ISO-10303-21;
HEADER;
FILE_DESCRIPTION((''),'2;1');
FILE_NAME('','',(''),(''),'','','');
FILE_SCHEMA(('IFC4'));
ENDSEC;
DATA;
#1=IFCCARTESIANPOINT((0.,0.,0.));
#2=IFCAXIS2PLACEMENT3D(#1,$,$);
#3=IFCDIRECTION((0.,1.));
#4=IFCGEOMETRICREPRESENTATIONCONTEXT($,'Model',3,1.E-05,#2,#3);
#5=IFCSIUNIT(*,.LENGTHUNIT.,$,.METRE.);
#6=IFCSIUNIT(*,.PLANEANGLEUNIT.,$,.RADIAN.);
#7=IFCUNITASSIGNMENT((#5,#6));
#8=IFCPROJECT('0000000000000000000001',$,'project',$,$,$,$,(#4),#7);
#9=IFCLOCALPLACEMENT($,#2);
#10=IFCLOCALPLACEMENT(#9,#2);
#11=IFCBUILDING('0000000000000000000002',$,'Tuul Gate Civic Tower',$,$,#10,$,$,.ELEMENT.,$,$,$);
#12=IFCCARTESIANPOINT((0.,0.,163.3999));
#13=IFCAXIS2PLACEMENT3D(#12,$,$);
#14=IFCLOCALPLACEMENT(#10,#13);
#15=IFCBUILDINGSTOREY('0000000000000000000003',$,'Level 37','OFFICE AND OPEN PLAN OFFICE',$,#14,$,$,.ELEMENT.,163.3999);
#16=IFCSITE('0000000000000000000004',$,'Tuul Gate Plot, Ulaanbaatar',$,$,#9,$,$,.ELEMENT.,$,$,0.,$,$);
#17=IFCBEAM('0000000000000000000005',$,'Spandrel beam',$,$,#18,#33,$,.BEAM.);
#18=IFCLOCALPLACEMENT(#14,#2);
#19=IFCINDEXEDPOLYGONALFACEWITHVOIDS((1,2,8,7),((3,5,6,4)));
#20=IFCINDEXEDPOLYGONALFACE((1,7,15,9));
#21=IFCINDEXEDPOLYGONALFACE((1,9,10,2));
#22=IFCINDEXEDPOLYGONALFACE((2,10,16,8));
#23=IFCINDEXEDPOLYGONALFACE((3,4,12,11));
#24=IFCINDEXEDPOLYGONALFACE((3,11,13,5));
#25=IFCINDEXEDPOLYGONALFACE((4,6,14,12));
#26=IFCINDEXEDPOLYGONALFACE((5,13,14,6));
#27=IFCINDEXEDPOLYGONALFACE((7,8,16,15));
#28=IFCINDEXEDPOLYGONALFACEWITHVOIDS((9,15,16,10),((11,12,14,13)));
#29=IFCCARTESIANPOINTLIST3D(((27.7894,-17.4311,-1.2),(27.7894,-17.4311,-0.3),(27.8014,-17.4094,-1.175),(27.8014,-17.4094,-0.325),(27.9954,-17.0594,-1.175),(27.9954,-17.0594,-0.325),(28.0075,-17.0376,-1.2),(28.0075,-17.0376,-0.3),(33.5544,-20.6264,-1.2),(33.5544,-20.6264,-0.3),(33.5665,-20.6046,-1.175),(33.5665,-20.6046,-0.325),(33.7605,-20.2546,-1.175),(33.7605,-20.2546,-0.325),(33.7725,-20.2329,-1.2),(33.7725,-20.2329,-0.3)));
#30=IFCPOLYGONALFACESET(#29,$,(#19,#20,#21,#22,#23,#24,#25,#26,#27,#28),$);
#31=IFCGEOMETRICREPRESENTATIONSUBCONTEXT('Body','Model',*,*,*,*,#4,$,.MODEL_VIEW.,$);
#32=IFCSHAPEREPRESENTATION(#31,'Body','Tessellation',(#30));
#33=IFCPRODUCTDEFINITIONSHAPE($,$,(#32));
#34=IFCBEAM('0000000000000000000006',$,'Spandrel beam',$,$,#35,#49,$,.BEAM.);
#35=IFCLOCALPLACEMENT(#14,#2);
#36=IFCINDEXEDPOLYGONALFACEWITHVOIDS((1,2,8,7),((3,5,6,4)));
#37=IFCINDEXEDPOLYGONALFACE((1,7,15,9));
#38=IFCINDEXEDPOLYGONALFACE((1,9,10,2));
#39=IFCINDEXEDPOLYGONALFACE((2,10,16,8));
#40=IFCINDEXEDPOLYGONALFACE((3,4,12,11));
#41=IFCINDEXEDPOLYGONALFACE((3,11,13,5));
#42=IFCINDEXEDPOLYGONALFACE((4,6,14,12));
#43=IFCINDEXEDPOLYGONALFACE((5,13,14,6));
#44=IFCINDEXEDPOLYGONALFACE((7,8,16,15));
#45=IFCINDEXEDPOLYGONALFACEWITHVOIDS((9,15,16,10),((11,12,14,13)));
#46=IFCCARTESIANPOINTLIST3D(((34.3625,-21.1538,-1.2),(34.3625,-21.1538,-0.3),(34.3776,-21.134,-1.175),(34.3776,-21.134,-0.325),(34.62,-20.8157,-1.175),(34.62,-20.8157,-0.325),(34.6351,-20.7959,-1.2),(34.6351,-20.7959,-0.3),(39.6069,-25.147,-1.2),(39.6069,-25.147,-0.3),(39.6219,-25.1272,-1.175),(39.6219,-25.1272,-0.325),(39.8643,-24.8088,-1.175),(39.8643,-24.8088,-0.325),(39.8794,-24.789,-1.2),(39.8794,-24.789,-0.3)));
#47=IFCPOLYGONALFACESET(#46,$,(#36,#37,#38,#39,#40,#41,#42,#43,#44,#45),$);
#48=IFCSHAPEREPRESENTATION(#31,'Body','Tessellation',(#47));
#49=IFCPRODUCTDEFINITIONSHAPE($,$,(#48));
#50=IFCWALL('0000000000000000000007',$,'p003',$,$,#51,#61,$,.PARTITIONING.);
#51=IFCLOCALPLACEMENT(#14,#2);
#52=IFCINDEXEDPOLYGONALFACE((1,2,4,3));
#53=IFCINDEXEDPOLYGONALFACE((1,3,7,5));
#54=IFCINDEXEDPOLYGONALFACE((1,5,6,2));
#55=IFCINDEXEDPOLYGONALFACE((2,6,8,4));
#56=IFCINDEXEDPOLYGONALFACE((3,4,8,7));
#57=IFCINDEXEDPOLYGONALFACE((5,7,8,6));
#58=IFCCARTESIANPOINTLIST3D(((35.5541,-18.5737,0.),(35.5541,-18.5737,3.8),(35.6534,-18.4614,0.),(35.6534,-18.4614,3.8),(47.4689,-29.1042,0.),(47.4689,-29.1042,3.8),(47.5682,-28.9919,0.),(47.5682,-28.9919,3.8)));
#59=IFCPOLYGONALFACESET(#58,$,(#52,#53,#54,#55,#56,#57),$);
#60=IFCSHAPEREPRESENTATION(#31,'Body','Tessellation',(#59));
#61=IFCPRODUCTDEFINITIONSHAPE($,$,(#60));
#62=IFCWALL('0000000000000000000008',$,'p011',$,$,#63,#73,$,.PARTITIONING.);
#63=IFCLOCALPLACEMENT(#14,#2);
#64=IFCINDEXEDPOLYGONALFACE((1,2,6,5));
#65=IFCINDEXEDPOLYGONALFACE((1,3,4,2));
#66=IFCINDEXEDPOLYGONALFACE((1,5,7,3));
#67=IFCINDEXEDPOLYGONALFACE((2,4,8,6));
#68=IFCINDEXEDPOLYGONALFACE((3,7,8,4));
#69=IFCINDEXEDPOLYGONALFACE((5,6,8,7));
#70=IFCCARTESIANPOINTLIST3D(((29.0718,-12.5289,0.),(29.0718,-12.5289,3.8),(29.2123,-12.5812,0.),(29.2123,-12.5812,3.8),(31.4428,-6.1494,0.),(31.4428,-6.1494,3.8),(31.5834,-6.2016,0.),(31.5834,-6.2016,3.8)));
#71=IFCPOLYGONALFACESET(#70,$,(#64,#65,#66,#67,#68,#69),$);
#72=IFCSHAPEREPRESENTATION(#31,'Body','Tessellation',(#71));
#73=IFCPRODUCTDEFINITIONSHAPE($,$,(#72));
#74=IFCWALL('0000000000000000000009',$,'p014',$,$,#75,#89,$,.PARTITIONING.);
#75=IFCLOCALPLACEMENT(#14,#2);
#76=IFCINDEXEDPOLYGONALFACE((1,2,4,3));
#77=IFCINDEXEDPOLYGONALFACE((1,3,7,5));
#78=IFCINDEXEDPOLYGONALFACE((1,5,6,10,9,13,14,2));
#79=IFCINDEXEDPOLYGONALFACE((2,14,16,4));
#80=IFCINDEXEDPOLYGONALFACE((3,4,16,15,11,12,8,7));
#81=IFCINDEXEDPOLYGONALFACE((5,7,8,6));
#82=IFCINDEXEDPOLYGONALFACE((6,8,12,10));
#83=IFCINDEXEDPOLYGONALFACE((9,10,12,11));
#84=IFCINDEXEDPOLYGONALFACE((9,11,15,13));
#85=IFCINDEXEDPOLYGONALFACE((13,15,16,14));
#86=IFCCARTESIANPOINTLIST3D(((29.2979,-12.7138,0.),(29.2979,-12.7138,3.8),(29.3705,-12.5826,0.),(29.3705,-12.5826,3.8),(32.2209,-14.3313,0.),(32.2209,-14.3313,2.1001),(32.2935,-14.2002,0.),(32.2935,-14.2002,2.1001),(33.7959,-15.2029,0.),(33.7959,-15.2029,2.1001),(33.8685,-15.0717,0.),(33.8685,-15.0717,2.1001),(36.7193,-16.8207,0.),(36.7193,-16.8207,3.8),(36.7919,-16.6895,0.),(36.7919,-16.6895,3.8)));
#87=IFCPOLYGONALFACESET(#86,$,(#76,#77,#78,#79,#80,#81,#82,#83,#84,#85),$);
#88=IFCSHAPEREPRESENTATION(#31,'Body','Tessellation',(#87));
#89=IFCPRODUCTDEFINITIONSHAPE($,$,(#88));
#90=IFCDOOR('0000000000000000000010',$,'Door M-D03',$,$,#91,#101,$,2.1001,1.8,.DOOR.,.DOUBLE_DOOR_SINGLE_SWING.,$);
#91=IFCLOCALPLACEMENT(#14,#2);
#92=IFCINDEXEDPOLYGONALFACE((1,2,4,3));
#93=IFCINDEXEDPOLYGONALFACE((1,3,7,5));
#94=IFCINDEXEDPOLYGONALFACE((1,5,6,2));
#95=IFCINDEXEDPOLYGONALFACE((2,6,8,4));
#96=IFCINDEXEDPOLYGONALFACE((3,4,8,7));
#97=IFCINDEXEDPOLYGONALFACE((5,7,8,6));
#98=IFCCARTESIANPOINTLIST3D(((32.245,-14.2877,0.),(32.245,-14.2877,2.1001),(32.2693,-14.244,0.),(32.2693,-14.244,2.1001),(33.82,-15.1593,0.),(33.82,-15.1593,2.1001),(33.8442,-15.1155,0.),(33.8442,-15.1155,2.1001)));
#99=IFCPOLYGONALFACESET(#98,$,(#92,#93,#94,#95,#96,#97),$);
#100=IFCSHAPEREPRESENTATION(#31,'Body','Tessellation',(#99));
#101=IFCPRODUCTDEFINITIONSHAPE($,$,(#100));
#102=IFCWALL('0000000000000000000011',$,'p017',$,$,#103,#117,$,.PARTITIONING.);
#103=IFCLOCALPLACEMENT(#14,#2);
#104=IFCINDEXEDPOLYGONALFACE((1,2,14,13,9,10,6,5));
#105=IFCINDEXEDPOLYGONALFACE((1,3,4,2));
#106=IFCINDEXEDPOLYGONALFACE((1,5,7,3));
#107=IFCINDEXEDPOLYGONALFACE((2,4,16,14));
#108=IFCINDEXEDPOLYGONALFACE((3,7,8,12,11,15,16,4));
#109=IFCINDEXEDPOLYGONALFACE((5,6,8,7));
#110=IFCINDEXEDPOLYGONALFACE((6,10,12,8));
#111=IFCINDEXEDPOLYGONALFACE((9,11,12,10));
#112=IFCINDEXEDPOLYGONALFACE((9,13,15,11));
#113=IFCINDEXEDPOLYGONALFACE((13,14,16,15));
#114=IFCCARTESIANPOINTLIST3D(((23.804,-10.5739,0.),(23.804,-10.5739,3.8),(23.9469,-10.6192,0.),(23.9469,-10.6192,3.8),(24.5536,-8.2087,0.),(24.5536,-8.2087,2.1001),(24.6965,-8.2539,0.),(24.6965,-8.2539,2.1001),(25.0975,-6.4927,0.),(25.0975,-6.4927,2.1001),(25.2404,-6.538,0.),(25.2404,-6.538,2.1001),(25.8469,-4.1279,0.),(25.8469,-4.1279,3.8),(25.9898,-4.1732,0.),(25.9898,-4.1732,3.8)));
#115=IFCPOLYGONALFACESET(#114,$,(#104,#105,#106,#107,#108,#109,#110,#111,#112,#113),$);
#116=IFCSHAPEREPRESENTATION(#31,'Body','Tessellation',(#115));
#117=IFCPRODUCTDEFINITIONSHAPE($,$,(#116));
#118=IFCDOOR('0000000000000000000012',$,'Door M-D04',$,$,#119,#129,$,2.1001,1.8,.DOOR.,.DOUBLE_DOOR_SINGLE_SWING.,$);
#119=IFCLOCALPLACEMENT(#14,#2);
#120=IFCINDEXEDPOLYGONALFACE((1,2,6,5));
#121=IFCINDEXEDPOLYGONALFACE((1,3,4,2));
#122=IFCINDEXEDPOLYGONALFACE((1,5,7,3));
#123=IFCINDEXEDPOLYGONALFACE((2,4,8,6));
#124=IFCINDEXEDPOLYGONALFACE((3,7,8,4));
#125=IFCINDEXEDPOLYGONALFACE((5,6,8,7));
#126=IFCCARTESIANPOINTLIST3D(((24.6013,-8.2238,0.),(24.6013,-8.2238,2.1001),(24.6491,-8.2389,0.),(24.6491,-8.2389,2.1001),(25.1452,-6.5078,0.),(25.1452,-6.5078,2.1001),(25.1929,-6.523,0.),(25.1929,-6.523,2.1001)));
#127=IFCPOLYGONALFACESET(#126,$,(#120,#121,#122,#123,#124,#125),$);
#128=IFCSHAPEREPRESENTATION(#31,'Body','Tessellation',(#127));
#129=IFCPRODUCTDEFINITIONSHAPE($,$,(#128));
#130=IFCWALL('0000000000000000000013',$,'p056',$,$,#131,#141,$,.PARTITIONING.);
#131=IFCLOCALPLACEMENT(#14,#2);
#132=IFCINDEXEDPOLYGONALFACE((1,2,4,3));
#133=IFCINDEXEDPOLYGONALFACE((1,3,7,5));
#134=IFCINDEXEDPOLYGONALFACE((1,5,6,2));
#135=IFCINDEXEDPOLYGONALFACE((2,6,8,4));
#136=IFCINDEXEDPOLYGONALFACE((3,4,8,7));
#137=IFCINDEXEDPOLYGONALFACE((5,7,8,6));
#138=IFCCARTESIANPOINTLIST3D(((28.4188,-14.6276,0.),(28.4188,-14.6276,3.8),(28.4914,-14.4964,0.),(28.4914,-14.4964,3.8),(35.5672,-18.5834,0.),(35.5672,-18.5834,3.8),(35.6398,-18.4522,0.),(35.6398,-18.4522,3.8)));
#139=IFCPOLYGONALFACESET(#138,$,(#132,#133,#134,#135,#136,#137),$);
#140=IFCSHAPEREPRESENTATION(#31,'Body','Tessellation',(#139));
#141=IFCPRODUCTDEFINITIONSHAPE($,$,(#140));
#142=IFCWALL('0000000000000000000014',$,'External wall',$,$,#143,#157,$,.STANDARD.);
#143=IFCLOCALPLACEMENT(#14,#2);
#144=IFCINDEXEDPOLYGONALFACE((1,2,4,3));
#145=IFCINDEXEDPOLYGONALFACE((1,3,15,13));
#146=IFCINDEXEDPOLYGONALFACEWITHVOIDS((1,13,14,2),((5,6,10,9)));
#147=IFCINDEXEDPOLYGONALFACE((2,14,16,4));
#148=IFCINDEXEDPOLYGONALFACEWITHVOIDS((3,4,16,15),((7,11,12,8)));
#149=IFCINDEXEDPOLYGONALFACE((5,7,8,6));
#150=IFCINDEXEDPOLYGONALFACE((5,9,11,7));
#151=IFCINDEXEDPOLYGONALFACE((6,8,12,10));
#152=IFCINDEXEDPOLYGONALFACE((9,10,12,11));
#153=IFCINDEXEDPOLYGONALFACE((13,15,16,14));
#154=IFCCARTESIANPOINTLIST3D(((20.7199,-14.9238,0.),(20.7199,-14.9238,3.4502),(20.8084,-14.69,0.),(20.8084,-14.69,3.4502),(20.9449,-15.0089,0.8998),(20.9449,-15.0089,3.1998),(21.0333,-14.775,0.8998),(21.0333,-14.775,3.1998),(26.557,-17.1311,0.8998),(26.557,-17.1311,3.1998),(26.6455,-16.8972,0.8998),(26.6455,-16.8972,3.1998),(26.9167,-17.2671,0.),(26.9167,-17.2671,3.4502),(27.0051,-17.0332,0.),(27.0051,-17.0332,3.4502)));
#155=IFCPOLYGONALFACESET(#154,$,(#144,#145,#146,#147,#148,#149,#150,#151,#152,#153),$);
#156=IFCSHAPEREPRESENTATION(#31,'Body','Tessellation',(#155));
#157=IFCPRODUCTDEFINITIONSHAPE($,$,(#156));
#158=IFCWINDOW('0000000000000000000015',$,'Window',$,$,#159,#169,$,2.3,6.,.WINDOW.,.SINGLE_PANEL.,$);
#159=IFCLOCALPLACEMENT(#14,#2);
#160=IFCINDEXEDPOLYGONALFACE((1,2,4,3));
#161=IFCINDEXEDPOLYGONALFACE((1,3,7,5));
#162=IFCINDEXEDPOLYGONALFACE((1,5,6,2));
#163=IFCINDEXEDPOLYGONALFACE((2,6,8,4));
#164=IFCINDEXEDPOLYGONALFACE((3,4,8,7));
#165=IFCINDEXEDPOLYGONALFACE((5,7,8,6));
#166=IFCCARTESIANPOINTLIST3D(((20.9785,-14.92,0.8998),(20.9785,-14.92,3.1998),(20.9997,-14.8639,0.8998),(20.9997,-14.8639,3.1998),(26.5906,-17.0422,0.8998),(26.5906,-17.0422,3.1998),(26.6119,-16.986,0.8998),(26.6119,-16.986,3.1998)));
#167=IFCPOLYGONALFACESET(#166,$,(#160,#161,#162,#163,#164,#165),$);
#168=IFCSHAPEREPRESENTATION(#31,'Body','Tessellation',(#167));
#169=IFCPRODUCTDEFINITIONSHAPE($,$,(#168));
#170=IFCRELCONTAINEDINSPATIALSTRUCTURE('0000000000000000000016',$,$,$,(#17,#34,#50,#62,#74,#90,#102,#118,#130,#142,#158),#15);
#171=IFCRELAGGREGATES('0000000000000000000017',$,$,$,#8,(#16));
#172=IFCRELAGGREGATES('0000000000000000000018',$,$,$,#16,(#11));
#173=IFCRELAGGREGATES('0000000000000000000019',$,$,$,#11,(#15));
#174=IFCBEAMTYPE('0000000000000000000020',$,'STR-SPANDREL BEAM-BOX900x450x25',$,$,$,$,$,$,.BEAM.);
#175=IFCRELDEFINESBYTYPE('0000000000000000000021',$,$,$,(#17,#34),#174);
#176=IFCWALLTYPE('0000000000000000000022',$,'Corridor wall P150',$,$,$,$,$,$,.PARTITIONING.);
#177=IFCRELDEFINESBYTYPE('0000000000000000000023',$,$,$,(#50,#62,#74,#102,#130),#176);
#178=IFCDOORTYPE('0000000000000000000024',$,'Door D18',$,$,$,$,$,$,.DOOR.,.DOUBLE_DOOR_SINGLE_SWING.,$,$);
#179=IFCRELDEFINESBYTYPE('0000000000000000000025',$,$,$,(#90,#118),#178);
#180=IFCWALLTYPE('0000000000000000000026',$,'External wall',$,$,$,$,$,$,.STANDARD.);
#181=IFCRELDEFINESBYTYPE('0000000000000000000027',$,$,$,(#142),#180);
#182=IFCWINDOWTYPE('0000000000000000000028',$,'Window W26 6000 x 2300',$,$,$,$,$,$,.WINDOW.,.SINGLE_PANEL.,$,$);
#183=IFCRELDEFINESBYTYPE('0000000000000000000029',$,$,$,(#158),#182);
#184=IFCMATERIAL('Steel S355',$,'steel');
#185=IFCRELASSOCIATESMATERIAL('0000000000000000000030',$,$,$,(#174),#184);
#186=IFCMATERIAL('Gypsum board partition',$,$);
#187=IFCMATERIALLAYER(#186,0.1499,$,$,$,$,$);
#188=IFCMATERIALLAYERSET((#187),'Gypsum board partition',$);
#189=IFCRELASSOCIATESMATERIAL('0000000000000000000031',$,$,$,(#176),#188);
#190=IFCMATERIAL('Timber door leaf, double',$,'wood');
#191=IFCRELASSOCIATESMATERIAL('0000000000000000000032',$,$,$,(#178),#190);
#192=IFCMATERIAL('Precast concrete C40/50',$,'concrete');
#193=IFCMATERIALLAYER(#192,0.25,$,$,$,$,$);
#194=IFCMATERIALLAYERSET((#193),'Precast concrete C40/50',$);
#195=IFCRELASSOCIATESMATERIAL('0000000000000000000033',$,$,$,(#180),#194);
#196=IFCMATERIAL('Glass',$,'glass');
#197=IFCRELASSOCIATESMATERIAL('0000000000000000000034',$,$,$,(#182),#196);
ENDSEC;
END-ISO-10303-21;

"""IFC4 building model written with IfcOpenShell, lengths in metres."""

from ifc_helpers import new_model, si_unit, direction, frame, frame_2d, origin, origin_2d, place, context, subcontext, project, spatial, rectangle, hollow_rectangle, extrude, material, layer, layer_set, material_profile, profile_set, type_object, element, fill, save


model = new_model("IFC4")

# Units and contexts
model_context = context("Model", 3, precision=1e-05, world=origin(), true_north=direction((0.0, 1.0)))
body_context = subcontext(model_context, "Body", "Model", "MODEL_VIEW")
ifc_project = project(units=[si_unit("LENGTHUNIT", "METRE"), si_unit("PLANEANGLEUNIT", "RADIAN")], contexts=[model_context])

# Site, building, storey
site_placement = place(None, origin())
site = spatial("IfcSite", under=ifc_project, at=site_placement, Name="Tuul Gate Plot, Ulaanbaatar", CompositionType="ELEMENT", RefElevation=0.0)
building_placement = place(site_placement, origin())
building = spatial("IfcBuilding", under=site, at=building_placement, Name="Tuul Gate Civic Tower", CompositionType="ELEMENT")
storey_placement = place(building_placement, frame((0.0, 0.0, 163.3999)))
storey = spatial("IfcBuildingStorey", under=building, at=storey_placement, Name="Level 37", Description="OFFICE AND OPEN PLAN OFFICE", CompositionType="ELEMENT", Elevation=163.3999)

# Beams
ifc_material_1 = material(Name="Steel S355", Category="steel")
ifc_material_profile_1 = material_profile(ifc_material_1, hollow_rectangle(XDim=0.45, YDim=0.8999, WallThickness=0.0249, at=origin_2d()), Name="BOX900x450x25")
ifc_profile_set_1 = profile_set([ifc_material_profile_1], Name="Steel S355")
beam_type_1 = type_object("IfcBeamType", Name="STR-SPANDREL BEAM-BOX900x450x25", PredefinedType="BEAM", material=ifc_profile_set_1)
beam_1_placement = place(storey_placement, frame((27.8984, -17.2344, -0.75), z_axis=(0.874643, -0.484768, 0.0), x_axis=(0.484768, 0.874643, 0.0)))
element("IfcBeam", 1, at=beam_1_placement, inside=storey, type_object=beam_type_1, Name="Spandrel beam", PredefinedType="BEAM", context=body_context, shape_type="SweptSolid", body=[
    extrude(hollow_rectangle(XDim=0.45, YDim=0.8999, WallThickness=0.0249, at=origin_2d()), origin(), (0.0, 0.0, 1.0), 6.5913),
])
beam_2_placement = place(storey_placement, frame((34.4988, -20.9749, -0.75), z_axis=(0.795619, -0.605798, 0.0), x_axis=(0.605798, 0.795619, 0.0)))
element("IfcBeam", 2, at=beam_2_placement, inside=storey, type_object=beam_type_1, Name="Spandrel beam", PredefinedType="BEAM", context=body_context, shape_type="SweptSolid", body=[
    extrude(hollow_rectangle(XDim=0.45, YDim=0.8999, WallThickness=0.0249, at=origin_2d()), origin(), (0.0, 0.0, 1.0), 6.5916),
])

# Walls
ifc_material_2 = material(Name="Gypsum board partition")
ifc_layer_1 = layer(ifc_material_2, 0.1499)
ifc_layer_set_1 = layer_set([ifc_layer_1], Name="Gypsum board partition")
wall_type_1 = type_object("IfcWallType", Name="Corridor wall P150", PredefinedType="PARTITIONING", material=ifc_layer_set_1)
wall_1_placement = place(storey_placement, frame((35.6038, -18.5176, 0.0), z_axis=(0.0, 0.0, 1.0), x_axis=(0.749293, -0.662239, 0.0)))
element("IfcWall", 3, at=wall_1_placement, inside=storey, type_object=wall_type_1, Name="p003", PredefinedType="PARTITIONING", context=body_context, shape_type="SweptSolid", body=[
    extrude(rectangle(XDim=15.9014, YDim=0.1499, at=frame_2d((7.9507, 0.0))), origin(), (0.0, 0.0, 1.0), 3.8),
])
wall_2_placement = place(storey_placement, frame((29.1421, -12.5549, 0.0), z_axis=(0.0, 0.0, 1.0), x_axis=(0.348382, 0.937353, 0.0)))
element("IfcWall", 4, at=wall_2_placement, inside=storey, type_object=wall_type_1, Name="p011", PredefinedType="PARTITIONING", context=body_context, shape_type="SweptSolid", body=[
    extrude(rectangle(XDim=6.8059, YDim=0.1499, at=frame_2d((3.4028, 0.0))), origin(), (0.0, 0.0, 1.0), 3.8),
])

# Walls, openings, doors
wall_3_placement = place(storey_placement, frame((29.3342, -12.6482, 0.0), z_axis=(0.0, 0.0, 1.0), x_axis=(0.87496, -0.484195, 0.0)))
wall_3 = element("IfcWall", 5, at=wall_3_placement, inside=storey, type_object=wall_type_1, Name="p014", PredefinedType="PARTITIONING", context=body_context, shape_type="SweptSolid", body=[
    extrude(rectangle(XDim=8.4819, YDim=0.1499, at=frame_2d((4.241, 0.0))), origin(), (0.0, 0.0, 1.0), 3.8),
])
opening_1_placement = place(wall_3_placement, frame((3.3408, 0.0, 0.0)))
opening_1 = element("IfcOpeningElement", 6, at=opening_1_placement, cuts=wall_3, PredefinedType="OPENING", context=body_context, shape_type="SweptSolid", body=[
    extrude(rectangle(XDim=1.8, YDim=2.1001, at=frame_2d((0.8999, 1.05))), frame((0.0, 0.085, 0.0), z_axis=(0.0, -1.0, 0.0), x_axis=(1.0, 0.0, 0.0)), (0.0, 0.0, 1.0), 0.1699),
])
ifc_material_3 = material(Name="Timber door leaf, double", Category="wood")
door_type = type_object("IfcDoorType", Name="Door D18", OperationType="DOUBLE_DOOR_SINGLE_SWING", PredefinedType="DOOR", material=ifc_material_3)
door_1_placement = place(opening_1_placement, origin())
door_1 = element("IfcDoor", 7, at=door_1_placement, inside=storey, type_object=door_type, Name="Door M-D03", OperationType="DOUBLE_DOOR_SINGLE_SWING", OverallHeight=2.1001, OverallWidth=1.8, PredefinedType="DOOR", context=body_context, shape_type="SweptSolid", body=[
    extrude(rectangle(XDim=1.8, YDim=2.1001, at=frame_2d((0.8999, 1.05))), frame((0.0, 0.0249, 0.0), z_axis=(0.0, -1.0, 0.0), x_axis=(1.0, 0.0, 0.0)), (0.0, 0.0, 1.0), 0.05),
])
fill(opening_1, door_1)
wall_4_placement = place(storey_placement, frame((23.8755, -10.5964, 0.0), z_axis=(0.0, 0.0, 1.0), x_axis=(0.302123, 0.953269, 0.0)))
wall_4 = element("IfcWall", 8, at=wall_4_placement, inside=storey, type_object=wall_type_1, Name="p017", PredefinedType="PARTITIONING", context=body_context, shape_type="SweptSolid", body=[
    extrude(rectangle(XDim=6.762, YDim=0.1499, at=frame_2d((3.3809, 0.0))), origin(), (0.0, 0.0, 1.0), 3.8),
])
opening_2_placement = place(wall_4_placement, frame((2.4812, 0.0, 0.0)))
opening_2 = element("IfcOpeningElement", 9, at=opening_2_placement, cuts=wall_4, PredefinedType="OPENING", context=body_context, shape_type="SweptSolid", body=[
    extrude(rectangle(XDim=1.8, YDim=2.1001, at=frame_2d((0.8999, 1.05))), frame((0.0, 0.085, 0.0), z_axis=(0.0, -1.0, 0.0), x_axis=(1.0, 0.0, 0.0)), (0.0, 0.0, 1.0), 0.1699),
])
door_2_placement = place(opening_2_placement, origin())
door_2 = element("IfcDoor", 10, at=door_2_placement, inside=storey, type_object=door_type, Name="Door M-D04", OperationType="DOUBLE_DOOR_SINGLE_SWING", OverallHeight=2.1001, OverallWidth=1.8, PredefinedType="DOOR", context=body_context, shape_type="SweptSolid", body=[
    extrude(rectangle(XDim=1.8, YDim=2.1001, at=frame_2d((0.8999, 1.05))), frame((0.0, 0.0249, 0.0), z_axis=(0.0, -1.0, 0.0), x_axis=(1.0, 0.0, 0.0)), (0.0, 0.0, 1.0), 0.05),
])
fill(opening_2, door_2)

# Wall
wall_5_placement = place(storey_placement, frame((28.4551, -14.562, 0.0), z_axis=(0.0, 0.0, 1.0), x_axis=(0.874964, -0.484188, 0.0)))
element("IfcWall", 11, at=wall_5_placement, inside=storey, type_object=wall_type_1, Name="p056", PredefinedType="PARTITIONING", context=body_context, shape_type="SweptSolid", body=[
    extrude(rectangle(XDim=8.1699, YDim=0.1499, at=frame_2d((4.085, 0.0))), origin(), (0.0, 0.0, 1.0), 3.8),
])

# Wall, opening, window
ifc_material_4 = material(Name="Precast concrete C40/50", Category="concrete")
ifc_layer_2 = layer(ifc_material_4, 0.25)
ifc_layer_set_2 = layer_set([ifc_layer_2], Name="Precast concrete C40/50")
wall_type_2 = type_object("IfcWallType", Name="External wall", PredefinedType="STANDARD", material=ifc_layer_set_2)
wall_6_placement = place(storey_placement, frame((20.7642, -14.8069, 0.0), z_axis=(0.0, 0.0, 1.0), x_axis=(0.935359, -0.353699, 0.0)))
wall_6 = element("IfcWall", 12, at=wall_6_placement, inside=storey, type_object=wall_type_2, Name="External wall", PredefinedType="STANDARD", context=body_context, shape_type="SweptSolid", body=[
    extrude(rectangle(XDim=6.625, YDim=0.25, at=frame_2d((3.3125, 0.0))), origin(), (0.0, 0.0, 1.0), 3.4502),
])
opening_3_placement = place(wall_6_placement, frame((0.2405, 0.0, 0.8999)))
opening_3 = element("IfcOpeningElement", 13, at=opening_3_placement, cuts=wall_6, PredefinedType="OPENING", context=body_context, shape_type="SweptSolid", body=[
    extrude(rectangle(XDim=6.0, YDim=2.3, at=frame_2d((3.0, 1.1499))), frame((0.0, 0.135, 0.0), z_axis=(0.0, -1.0, 0.0), x_axis=(1.0, 0.0, 0.0)), (0.0, 0.0, 1.0), 0.27),
])
ifc_material_5 = material(Name="Glass", Category="glass")
window_type_1 = type_object("IfcWindowType", Name="Window W26 6000 x 2300", PartitioningType="SINGLE_PANEL", PredefinedType="WINDOW", material=ifc_material_5)
window_1_placement = place(opening_3_placement, origin())
window_1 = element("IfcWindow", 14, at=window_1_placement, inside=storey, type_object=window_type_1, Name="Window", OverallHeight=2.3, OverallWidth=6.0, PartitioningType="SINGLE_PANEL", PredefinedType="WINDOW", context=body_context, shape_type="SweptSolid", body=[
    extrude(rectangle(XDim=6.0, YDim=2.3, at=frame_2d((3.0, 1.1499))), frame((0.0, 0.03, 0.0), z_axis=(0.0, -1.0, 0.0), x_axis=(1.0, 0.0, 0.0)), (0.0, 0.0, 1.0), 0.0601),
])
fill(opening_3, window_1)

save(model, "model.ifc")
